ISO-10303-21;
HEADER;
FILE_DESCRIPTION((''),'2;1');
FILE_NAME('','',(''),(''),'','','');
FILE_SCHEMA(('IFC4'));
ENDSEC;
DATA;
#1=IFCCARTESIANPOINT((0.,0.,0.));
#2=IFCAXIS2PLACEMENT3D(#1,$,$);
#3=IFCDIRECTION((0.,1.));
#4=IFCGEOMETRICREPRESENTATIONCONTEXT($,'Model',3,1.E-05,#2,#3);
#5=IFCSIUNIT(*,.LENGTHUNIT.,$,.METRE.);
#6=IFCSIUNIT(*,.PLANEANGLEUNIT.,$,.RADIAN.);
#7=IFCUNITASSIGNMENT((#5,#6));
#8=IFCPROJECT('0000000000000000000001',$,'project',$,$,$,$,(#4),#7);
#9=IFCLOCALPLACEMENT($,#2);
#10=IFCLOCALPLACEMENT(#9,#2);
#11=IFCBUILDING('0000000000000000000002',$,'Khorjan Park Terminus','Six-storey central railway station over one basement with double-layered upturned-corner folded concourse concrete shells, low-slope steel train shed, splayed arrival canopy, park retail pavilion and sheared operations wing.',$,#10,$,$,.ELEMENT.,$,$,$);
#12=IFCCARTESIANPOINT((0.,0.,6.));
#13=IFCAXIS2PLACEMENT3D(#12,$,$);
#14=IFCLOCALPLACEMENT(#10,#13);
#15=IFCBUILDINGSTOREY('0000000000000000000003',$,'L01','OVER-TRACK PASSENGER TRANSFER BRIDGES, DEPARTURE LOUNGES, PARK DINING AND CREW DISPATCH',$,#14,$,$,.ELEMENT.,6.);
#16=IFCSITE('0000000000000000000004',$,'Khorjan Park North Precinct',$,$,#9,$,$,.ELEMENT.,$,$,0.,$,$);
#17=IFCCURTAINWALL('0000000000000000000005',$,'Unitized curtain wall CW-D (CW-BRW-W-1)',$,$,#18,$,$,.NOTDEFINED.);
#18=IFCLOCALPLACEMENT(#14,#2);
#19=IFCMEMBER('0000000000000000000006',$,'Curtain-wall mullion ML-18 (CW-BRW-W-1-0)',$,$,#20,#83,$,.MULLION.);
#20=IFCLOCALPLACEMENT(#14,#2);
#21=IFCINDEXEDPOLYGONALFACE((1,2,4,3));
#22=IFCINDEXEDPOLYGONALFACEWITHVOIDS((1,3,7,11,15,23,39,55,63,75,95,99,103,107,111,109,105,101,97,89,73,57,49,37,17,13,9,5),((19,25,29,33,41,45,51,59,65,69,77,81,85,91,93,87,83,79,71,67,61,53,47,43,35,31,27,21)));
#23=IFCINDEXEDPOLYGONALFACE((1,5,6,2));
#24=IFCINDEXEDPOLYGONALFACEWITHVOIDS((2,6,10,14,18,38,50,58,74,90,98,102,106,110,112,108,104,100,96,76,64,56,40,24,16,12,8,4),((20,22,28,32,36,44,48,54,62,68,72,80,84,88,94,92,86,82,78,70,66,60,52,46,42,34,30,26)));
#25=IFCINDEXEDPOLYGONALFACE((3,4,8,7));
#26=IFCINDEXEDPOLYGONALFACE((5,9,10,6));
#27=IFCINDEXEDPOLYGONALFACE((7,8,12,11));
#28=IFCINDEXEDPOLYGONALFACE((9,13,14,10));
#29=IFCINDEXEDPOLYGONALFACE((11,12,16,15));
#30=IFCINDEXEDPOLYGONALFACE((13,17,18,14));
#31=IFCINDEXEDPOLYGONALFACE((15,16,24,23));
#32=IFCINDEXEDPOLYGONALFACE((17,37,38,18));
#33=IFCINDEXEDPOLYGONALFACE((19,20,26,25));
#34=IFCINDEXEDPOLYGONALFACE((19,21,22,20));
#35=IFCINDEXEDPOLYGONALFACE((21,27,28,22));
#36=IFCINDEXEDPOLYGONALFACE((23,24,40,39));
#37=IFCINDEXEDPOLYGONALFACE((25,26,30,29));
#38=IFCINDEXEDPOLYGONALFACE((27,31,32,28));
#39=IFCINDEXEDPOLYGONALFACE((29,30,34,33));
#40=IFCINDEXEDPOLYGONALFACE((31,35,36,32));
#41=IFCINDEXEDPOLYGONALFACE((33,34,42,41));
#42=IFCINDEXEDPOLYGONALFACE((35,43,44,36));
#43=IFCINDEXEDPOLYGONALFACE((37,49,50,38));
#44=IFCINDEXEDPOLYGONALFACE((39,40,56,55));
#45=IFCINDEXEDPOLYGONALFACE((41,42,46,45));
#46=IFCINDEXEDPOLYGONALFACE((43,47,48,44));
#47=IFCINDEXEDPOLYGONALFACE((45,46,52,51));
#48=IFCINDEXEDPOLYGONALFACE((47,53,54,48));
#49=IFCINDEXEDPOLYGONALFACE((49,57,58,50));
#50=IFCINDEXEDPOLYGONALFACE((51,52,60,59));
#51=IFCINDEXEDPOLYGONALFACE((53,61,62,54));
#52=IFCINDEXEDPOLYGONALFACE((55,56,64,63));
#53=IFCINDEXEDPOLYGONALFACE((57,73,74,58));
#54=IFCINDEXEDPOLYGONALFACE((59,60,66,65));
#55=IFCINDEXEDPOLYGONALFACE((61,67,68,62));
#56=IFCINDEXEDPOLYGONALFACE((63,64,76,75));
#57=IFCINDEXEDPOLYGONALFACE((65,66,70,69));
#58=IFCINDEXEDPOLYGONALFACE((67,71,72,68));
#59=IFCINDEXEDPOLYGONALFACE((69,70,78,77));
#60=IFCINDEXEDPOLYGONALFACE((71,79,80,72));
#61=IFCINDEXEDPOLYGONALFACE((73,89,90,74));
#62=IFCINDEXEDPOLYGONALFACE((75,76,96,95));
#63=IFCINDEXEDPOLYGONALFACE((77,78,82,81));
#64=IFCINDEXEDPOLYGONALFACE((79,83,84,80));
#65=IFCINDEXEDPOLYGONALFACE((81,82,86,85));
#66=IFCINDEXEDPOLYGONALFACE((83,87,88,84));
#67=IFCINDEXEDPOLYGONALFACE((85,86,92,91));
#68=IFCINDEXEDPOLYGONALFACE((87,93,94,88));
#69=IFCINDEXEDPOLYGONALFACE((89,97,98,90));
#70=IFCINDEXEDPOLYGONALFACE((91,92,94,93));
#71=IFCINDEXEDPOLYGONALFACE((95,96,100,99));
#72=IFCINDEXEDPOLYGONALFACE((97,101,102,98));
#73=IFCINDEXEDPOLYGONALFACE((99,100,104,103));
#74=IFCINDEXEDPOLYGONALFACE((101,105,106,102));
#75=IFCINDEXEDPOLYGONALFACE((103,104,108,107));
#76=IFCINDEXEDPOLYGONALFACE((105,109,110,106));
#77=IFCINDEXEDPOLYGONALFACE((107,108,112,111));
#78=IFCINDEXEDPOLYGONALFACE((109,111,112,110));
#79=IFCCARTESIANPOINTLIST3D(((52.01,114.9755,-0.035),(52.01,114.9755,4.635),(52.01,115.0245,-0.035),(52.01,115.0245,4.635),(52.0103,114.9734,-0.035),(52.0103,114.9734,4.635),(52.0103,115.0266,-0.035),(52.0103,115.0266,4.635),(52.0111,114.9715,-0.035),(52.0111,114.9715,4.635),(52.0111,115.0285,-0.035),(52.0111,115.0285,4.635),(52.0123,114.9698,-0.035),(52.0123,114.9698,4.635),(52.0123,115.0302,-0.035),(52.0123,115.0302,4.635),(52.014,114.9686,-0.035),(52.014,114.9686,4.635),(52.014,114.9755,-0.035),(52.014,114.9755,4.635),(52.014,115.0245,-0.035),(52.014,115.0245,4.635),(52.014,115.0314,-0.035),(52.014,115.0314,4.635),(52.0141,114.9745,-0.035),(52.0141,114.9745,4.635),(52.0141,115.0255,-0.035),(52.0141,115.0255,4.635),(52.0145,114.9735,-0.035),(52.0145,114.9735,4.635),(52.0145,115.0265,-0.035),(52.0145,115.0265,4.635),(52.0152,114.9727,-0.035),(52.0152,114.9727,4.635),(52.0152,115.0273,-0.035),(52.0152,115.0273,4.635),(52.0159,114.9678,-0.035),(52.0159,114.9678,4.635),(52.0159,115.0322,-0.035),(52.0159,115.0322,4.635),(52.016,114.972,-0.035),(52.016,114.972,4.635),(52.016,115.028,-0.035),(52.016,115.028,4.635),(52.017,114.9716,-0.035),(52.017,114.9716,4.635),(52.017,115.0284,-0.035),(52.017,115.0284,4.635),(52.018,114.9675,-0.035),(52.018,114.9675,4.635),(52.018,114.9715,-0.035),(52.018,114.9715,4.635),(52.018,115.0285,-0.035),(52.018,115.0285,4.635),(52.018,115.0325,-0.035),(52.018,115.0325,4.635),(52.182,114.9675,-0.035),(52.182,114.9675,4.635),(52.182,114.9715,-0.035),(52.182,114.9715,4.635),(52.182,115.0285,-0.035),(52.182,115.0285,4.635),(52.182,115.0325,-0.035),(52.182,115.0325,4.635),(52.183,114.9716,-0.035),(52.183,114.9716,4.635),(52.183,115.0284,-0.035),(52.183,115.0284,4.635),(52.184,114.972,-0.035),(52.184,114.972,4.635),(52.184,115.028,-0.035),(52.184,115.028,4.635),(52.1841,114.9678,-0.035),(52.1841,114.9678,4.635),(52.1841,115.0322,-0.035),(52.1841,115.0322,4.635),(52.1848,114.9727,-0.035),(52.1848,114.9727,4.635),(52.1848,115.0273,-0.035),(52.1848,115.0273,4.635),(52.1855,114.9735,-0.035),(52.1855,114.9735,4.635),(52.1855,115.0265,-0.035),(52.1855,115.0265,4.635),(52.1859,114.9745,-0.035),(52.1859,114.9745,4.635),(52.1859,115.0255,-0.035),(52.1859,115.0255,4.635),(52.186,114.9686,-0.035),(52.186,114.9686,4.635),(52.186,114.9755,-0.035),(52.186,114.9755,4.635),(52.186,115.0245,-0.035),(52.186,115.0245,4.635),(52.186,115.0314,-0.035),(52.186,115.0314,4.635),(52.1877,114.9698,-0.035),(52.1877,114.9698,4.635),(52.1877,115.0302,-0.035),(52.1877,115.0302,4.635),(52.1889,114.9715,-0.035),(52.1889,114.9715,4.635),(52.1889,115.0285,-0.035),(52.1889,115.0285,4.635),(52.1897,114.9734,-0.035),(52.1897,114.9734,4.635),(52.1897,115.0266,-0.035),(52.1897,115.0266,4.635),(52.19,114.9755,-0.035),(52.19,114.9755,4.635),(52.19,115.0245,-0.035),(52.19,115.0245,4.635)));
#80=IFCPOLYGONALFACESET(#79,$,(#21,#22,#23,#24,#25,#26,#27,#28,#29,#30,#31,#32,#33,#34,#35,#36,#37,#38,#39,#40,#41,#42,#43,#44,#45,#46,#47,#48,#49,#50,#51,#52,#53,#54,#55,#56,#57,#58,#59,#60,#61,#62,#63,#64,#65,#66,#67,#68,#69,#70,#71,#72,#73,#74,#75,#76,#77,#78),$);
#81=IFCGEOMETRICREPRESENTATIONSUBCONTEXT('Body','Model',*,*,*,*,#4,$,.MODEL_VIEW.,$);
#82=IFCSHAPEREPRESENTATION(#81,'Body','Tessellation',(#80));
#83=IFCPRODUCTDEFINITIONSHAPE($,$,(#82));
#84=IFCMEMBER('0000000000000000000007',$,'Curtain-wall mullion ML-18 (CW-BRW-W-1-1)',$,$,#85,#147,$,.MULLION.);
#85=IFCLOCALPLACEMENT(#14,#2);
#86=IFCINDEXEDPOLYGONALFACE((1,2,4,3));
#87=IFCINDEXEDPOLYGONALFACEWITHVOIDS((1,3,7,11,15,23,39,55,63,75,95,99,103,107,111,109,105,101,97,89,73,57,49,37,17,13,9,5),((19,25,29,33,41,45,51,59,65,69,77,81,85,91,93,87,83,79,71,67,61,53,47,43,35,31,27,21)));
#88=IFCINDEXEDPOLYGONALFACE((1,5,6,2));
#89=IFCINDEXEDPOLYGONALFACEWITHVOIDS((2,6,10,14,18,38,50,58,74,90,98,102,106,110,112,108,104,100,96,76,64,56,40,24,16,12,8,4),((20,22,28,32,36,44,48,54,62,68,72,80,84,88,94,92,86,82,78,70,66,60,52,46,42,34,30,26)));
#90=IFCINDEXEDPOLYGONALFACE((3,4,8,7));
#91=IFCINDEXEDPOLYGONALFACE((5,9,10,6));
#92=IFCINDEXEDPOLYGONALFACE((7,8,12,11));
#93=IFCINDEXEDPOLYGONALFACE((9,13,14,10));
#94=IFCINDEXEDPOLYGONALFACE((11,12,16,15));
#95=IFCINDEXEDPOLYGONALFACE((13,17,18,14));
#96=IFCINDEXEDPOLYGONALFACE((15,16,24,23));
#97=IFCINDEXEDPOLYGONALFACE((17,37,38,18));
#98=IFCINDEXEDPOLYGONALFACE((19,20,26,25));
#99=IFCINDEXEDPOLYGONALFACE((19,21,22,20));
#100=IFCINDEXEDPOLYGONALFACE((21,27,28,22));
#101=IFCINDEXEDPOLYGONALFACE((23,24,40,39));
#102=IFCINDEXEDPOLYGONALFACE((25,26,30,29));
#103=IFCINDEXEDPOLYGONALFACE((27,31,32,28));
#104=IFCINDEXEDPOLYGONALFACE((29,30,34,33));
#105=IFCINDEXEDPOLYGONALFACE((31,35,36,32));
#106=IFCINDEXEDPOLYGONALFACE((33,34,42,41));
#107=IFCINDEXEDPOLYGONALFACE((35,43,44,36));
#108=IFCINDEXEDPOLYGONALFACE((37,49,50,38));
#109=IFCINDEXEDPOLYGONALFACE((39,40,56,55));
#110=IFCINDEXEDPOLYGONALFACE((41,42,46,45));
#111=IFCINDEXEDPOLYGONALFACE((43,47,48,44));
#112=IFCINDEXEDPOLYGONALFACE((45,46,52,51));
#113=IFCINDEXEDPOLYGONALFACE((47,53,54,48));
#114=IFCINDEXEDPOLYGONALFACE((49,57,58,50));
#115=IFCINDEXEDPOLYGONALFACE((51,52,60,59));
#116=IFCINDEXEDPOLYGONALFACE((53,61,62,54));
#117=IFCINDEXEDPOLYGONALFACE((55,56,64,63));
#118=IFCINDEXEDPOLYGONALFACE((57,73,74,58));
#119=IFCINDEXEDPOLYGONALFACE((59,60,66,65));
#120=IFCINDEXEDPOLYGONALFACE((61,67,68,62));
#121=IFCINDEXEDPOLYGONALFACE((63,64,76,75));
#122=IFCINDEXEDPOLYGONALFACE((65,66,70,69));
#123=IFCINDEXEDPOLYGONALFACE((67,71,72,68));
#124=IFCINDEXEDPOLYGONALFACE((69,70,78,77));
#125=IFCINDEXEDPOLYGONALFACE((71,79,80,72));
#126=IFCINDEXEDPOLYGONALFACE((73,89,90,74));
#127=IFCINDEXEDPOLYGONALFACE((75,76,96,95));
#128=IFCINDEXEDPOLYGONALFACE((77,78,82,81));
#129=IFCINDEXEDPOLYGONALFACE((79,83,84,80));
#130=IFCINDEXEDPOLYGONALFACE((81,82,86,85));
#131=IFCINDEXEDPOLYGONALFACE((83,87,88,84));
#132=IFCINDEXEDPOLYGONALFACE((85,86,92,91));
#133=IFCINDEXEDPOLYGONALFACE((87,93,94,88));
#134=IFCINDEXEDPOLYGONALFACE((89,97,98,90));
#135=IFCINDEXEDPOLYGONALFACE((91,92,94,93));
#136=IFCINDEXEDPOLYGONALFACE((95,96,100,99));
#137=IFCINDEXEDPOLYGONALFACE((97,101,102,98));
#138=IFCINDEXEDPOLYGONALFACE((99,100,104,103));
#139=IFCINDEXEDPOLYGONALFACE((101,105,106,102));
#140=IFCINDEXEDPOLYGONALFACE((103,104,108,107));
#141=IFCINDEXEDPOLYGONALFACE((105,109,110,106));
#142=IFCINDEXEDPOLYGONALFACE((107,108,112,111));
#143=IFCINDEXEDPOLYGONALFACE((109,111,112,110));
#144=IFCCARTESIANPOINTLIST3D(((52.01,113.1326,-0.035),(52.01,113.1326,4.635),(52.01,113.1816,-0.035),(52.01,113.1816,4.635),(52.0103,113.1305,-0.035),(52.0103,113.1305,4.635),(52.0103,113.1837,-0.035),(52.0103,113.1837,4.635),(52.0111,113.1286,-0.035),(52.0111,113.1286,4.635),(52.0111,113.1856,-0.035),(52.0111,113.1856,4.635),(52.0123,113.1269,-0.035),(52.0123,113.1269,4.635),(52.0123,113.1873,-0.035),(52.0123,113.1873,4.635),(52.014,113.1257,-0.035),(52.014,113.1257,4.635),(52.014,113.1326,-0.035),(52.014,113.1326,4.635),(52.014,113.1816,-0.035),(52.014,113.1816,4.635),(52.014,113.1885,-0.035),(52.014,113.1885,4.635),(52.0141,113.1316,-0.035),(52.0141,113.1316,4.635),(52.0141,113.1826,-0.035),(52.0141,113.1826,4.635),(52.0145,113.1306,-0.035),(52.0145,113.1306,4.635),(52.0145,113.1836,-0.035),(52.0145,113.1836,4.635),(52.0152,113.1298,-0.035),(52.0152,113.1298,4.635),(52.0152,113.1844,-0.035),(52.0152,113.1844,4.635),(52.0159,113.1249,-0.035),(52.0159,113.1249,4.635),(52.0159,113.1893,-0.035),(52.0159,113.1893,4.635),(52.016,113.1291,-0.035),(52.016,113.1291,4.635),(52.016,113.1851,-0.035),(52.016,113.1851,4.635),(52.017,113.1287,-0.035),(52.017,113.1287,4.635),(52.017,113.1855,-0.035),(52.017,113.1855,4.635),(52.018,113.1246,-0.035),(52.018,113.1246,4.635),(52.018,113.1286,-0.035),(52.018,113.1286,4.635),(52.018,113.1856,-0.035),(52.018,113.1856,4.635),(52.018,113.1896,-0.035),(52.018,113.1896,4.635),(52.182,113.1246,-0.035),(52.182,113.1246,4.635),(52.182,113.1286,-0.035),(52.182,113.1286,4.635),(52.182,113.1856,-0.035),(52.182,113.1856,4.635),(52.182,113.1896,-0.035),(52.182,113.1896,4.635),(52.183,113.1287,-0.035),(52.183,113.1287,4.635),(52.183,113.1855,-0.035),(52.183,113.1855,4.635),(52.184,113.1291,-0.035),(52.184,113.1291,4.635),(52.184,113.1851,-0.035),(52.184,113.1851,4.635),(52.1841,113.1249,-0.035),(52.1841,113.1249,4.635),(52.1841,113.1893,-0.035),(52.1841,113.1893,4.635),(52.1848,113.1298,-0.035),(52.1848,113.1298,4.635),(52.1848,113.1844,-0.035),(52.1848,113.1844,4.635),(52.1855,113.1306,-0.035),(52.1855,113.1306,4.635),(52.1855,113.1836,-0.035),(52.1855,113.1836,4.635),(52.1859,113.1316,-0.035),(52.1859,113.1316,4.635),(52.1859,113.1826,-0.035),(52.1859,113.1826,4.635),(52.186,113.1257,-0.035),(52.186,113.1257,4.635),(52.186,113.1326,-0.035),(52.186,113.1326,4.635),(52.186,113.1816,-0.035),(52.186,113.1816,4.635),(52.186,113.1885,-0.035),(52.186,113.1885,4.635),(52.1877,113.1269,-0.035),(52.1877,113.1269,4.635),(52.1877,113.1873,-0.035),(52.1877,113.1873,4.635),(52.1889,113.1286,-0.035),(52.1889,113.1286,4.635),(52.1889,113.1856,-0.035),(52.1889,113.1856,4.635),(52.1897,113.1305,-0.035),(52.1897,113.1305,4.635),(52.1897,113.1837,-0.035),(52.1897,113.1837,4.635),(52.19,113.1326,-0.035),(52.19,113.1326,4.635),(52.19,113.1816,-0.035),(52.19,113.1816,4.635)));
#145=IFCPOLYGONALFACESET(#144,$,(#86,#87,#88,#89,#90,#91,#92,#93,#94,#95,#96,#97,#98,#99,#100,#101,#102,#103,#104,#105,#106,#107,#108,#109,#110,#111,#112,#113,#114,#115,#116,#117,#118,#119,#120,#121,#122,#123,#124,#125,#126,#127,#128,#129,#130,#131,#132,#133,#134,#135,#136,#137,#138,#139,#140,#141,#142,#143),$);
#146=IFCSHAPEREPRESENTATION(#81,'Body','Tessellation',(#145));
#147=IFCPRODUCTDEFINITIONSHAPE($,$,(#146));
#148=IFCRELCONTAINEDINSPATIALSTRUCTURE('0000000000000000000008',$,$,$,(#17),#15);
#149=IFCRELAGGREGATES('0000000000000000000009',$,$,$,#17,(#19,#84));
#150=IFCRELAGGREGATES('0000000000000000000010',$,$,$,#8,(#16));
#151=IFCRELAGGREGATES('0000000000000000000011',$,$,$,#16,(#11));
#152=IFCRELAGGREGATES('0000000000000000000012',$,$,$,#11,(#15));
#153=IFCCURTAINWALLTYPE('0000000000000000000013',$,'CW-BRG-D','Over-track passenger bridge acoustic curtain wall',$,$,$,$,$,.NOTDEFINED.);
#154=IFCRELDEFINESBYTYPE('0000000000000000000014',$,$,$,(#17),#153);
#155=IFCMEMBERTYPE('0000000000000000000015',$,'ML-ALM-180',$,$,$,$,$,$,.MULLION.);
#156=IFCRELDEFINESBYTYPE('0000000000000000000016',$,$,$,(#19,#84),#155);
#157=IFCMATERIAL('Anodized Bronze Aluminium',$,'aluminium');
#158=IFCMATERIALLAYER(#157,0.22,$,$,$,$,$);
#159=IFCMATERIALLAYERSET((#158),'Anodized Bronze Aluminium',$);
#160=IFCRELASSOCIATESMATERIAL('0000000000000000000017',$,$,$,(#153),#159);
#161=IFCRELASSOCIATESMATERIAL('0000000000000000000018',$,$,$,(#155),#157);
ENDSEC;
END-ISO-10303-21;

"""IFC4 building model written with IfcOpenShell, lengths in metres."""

from ifc_helpers import new_model, si_unit, direction, frame, origin, origin_2d, place, context, subcontext, project, spatial, hollow_rectangle, extrude, material, layer, layer_set, material_profile, profile_set, type_object, element, aggregate, save


model = new_model("IFC4")

# Units and contexts
model_context = context("Model", 3, precision=1e-05, world=origin(), true_north=direction((0.0, 1.0)))
body_context = subcontext(model_context, "Body", "Model", "MODEL_VIEW")
ifc_project = project(units=[si_unit("LENGTHUNIT", "METRE"), si_unit("PLANEANGLEUNIT", "RADIAN")], contexts=[model_context])

# Site, building, storey
site_placement = place(None, origin())
site = spatial("IfcSite", under=ifc_project, at=site_placement, Name="Khorjan Park North Precinct", CompositionType="ELEMENT", RefElevation=0.0)
building_placement = place(site_placement, origin())
building = spatial("IfcBuilding", under=site, at=building_placement, Name="Khorjan Park Terminus", Description="Six-storey central railway station over one basement with double-layered upturned-corner folded concourse concrete shells, low-slope steel train shed, splayed arrival canopy, park retail pavilion and sheared operations wing.", CompositionType="ELEMENT")
storey_placement = place(building_placement, frame((0.0, 0.0, 6.0)))
storey = spatial("IfcBuildingStorey", under=building, at=storey_placement, Name="L01", Description="OVER-TRACK PASSENGER TRANSFER BRIDGES, DEPARTURE LOUNGES, PARK DINING AND CREW DISPATCH", CompositionType="ELEMENT", Elevation=6.0)

# Curtain wall, members
ifc_material_1 = material(Name="Anodized Bronze Aluminium", Category="aluminium")
ifc_layer_1 = layer(ifc_material_1, 0.22)
ifc_layer_set_1 = layer_set([ifc_layer_1], Name="Anodized Bronze Aluminium")
curtain_wall_type = type_object("IfcCurtainWallType", Name="CW-BRG-D", Description="Over-track passenger bridge acoustic curtain wall", PredefinedType="NOTDEFINED", material=ifc_layer_set_1)
curtain_wall_1_placement = place(storey_placement, origin())
curtain_wall_1 = element("IfcCurtainWall", 1, at=curtain_wall_1_placement, inside=storey, type_object=curtain_wall_type, Name="Unitized curtain wall CW-D (CW-BRW-W-1)", PredefinedType="NOTDEFINED")
ifc_material_profile_1 = material_profile(ifc_material_1, hollow_rectangle(XDim=0.065, YDim=0.18, WallThickness=0.004, InnerFilletRadius=0.004, OuterFilletRadius=0.008, at=origin_2d()), Name="ALM 65x180x4")
ifc_profile_set_1 = profile_set([ifc_material_profile_1], Name="Anodized Bronze Aluminium")
member_type_1 = type_object("IfcMemberType", Name="ML-ALM-180", PredefinedType="MULLION", material=ifc_profile_set_1)
member_1_placement = place(storey_placement, frame((52.1, 115.0, -0.035), z_axis=(0.0, 0.0, 1.0), x_axis=(0.0, -1.0, 0.0)))
member_1 = element("IfcMember", 2, at=member_1_placement, type_object=member_type_1, Name="Curtain-wall mullion ML-18 (CW-BRW-W-1-0)", PredefinedType="MULLION", context=body_context, shape_type="SweptSolid", body=[
    extrude(hollow_rectangle(XDim=0.065, YDim=0.18, WallThickness=0.004, InnerFilletRadius=0.004, OuterFilletRadius=0.008, at=origin_2d()), origin(), (0.0, 0.0, 1.0), 4.67),
])
member_2_placement = place(storey_placement, frame((52.1, 113.1571, -0.035), z_axis=(0.0, 0.0, 1.0), x_axis=(0.0, -1.0, 0.0)))
member_2 = element("IfcMember", 3, at=member_2_placement, type_object=member_type_1, Name="Curtain-wall mullion ML-18 (CW-BRW-W-1-1)", PredefinedType="MULLION", context=body_context, shape_type="SweptSolid", body=[
    extrude(hollow_rectangle(XDim=0.065, YDim=0.18, WallThickness=0.004, InnerFilletRadius=0.004, OuterFilletRadius=0.008, at=origin_2d()), origin(), (0.0, 0.0, 1.0), 4.67),
])

aggregate(curtain_wall_1, [member_1, member_2])

save(model, "model.ifc")
